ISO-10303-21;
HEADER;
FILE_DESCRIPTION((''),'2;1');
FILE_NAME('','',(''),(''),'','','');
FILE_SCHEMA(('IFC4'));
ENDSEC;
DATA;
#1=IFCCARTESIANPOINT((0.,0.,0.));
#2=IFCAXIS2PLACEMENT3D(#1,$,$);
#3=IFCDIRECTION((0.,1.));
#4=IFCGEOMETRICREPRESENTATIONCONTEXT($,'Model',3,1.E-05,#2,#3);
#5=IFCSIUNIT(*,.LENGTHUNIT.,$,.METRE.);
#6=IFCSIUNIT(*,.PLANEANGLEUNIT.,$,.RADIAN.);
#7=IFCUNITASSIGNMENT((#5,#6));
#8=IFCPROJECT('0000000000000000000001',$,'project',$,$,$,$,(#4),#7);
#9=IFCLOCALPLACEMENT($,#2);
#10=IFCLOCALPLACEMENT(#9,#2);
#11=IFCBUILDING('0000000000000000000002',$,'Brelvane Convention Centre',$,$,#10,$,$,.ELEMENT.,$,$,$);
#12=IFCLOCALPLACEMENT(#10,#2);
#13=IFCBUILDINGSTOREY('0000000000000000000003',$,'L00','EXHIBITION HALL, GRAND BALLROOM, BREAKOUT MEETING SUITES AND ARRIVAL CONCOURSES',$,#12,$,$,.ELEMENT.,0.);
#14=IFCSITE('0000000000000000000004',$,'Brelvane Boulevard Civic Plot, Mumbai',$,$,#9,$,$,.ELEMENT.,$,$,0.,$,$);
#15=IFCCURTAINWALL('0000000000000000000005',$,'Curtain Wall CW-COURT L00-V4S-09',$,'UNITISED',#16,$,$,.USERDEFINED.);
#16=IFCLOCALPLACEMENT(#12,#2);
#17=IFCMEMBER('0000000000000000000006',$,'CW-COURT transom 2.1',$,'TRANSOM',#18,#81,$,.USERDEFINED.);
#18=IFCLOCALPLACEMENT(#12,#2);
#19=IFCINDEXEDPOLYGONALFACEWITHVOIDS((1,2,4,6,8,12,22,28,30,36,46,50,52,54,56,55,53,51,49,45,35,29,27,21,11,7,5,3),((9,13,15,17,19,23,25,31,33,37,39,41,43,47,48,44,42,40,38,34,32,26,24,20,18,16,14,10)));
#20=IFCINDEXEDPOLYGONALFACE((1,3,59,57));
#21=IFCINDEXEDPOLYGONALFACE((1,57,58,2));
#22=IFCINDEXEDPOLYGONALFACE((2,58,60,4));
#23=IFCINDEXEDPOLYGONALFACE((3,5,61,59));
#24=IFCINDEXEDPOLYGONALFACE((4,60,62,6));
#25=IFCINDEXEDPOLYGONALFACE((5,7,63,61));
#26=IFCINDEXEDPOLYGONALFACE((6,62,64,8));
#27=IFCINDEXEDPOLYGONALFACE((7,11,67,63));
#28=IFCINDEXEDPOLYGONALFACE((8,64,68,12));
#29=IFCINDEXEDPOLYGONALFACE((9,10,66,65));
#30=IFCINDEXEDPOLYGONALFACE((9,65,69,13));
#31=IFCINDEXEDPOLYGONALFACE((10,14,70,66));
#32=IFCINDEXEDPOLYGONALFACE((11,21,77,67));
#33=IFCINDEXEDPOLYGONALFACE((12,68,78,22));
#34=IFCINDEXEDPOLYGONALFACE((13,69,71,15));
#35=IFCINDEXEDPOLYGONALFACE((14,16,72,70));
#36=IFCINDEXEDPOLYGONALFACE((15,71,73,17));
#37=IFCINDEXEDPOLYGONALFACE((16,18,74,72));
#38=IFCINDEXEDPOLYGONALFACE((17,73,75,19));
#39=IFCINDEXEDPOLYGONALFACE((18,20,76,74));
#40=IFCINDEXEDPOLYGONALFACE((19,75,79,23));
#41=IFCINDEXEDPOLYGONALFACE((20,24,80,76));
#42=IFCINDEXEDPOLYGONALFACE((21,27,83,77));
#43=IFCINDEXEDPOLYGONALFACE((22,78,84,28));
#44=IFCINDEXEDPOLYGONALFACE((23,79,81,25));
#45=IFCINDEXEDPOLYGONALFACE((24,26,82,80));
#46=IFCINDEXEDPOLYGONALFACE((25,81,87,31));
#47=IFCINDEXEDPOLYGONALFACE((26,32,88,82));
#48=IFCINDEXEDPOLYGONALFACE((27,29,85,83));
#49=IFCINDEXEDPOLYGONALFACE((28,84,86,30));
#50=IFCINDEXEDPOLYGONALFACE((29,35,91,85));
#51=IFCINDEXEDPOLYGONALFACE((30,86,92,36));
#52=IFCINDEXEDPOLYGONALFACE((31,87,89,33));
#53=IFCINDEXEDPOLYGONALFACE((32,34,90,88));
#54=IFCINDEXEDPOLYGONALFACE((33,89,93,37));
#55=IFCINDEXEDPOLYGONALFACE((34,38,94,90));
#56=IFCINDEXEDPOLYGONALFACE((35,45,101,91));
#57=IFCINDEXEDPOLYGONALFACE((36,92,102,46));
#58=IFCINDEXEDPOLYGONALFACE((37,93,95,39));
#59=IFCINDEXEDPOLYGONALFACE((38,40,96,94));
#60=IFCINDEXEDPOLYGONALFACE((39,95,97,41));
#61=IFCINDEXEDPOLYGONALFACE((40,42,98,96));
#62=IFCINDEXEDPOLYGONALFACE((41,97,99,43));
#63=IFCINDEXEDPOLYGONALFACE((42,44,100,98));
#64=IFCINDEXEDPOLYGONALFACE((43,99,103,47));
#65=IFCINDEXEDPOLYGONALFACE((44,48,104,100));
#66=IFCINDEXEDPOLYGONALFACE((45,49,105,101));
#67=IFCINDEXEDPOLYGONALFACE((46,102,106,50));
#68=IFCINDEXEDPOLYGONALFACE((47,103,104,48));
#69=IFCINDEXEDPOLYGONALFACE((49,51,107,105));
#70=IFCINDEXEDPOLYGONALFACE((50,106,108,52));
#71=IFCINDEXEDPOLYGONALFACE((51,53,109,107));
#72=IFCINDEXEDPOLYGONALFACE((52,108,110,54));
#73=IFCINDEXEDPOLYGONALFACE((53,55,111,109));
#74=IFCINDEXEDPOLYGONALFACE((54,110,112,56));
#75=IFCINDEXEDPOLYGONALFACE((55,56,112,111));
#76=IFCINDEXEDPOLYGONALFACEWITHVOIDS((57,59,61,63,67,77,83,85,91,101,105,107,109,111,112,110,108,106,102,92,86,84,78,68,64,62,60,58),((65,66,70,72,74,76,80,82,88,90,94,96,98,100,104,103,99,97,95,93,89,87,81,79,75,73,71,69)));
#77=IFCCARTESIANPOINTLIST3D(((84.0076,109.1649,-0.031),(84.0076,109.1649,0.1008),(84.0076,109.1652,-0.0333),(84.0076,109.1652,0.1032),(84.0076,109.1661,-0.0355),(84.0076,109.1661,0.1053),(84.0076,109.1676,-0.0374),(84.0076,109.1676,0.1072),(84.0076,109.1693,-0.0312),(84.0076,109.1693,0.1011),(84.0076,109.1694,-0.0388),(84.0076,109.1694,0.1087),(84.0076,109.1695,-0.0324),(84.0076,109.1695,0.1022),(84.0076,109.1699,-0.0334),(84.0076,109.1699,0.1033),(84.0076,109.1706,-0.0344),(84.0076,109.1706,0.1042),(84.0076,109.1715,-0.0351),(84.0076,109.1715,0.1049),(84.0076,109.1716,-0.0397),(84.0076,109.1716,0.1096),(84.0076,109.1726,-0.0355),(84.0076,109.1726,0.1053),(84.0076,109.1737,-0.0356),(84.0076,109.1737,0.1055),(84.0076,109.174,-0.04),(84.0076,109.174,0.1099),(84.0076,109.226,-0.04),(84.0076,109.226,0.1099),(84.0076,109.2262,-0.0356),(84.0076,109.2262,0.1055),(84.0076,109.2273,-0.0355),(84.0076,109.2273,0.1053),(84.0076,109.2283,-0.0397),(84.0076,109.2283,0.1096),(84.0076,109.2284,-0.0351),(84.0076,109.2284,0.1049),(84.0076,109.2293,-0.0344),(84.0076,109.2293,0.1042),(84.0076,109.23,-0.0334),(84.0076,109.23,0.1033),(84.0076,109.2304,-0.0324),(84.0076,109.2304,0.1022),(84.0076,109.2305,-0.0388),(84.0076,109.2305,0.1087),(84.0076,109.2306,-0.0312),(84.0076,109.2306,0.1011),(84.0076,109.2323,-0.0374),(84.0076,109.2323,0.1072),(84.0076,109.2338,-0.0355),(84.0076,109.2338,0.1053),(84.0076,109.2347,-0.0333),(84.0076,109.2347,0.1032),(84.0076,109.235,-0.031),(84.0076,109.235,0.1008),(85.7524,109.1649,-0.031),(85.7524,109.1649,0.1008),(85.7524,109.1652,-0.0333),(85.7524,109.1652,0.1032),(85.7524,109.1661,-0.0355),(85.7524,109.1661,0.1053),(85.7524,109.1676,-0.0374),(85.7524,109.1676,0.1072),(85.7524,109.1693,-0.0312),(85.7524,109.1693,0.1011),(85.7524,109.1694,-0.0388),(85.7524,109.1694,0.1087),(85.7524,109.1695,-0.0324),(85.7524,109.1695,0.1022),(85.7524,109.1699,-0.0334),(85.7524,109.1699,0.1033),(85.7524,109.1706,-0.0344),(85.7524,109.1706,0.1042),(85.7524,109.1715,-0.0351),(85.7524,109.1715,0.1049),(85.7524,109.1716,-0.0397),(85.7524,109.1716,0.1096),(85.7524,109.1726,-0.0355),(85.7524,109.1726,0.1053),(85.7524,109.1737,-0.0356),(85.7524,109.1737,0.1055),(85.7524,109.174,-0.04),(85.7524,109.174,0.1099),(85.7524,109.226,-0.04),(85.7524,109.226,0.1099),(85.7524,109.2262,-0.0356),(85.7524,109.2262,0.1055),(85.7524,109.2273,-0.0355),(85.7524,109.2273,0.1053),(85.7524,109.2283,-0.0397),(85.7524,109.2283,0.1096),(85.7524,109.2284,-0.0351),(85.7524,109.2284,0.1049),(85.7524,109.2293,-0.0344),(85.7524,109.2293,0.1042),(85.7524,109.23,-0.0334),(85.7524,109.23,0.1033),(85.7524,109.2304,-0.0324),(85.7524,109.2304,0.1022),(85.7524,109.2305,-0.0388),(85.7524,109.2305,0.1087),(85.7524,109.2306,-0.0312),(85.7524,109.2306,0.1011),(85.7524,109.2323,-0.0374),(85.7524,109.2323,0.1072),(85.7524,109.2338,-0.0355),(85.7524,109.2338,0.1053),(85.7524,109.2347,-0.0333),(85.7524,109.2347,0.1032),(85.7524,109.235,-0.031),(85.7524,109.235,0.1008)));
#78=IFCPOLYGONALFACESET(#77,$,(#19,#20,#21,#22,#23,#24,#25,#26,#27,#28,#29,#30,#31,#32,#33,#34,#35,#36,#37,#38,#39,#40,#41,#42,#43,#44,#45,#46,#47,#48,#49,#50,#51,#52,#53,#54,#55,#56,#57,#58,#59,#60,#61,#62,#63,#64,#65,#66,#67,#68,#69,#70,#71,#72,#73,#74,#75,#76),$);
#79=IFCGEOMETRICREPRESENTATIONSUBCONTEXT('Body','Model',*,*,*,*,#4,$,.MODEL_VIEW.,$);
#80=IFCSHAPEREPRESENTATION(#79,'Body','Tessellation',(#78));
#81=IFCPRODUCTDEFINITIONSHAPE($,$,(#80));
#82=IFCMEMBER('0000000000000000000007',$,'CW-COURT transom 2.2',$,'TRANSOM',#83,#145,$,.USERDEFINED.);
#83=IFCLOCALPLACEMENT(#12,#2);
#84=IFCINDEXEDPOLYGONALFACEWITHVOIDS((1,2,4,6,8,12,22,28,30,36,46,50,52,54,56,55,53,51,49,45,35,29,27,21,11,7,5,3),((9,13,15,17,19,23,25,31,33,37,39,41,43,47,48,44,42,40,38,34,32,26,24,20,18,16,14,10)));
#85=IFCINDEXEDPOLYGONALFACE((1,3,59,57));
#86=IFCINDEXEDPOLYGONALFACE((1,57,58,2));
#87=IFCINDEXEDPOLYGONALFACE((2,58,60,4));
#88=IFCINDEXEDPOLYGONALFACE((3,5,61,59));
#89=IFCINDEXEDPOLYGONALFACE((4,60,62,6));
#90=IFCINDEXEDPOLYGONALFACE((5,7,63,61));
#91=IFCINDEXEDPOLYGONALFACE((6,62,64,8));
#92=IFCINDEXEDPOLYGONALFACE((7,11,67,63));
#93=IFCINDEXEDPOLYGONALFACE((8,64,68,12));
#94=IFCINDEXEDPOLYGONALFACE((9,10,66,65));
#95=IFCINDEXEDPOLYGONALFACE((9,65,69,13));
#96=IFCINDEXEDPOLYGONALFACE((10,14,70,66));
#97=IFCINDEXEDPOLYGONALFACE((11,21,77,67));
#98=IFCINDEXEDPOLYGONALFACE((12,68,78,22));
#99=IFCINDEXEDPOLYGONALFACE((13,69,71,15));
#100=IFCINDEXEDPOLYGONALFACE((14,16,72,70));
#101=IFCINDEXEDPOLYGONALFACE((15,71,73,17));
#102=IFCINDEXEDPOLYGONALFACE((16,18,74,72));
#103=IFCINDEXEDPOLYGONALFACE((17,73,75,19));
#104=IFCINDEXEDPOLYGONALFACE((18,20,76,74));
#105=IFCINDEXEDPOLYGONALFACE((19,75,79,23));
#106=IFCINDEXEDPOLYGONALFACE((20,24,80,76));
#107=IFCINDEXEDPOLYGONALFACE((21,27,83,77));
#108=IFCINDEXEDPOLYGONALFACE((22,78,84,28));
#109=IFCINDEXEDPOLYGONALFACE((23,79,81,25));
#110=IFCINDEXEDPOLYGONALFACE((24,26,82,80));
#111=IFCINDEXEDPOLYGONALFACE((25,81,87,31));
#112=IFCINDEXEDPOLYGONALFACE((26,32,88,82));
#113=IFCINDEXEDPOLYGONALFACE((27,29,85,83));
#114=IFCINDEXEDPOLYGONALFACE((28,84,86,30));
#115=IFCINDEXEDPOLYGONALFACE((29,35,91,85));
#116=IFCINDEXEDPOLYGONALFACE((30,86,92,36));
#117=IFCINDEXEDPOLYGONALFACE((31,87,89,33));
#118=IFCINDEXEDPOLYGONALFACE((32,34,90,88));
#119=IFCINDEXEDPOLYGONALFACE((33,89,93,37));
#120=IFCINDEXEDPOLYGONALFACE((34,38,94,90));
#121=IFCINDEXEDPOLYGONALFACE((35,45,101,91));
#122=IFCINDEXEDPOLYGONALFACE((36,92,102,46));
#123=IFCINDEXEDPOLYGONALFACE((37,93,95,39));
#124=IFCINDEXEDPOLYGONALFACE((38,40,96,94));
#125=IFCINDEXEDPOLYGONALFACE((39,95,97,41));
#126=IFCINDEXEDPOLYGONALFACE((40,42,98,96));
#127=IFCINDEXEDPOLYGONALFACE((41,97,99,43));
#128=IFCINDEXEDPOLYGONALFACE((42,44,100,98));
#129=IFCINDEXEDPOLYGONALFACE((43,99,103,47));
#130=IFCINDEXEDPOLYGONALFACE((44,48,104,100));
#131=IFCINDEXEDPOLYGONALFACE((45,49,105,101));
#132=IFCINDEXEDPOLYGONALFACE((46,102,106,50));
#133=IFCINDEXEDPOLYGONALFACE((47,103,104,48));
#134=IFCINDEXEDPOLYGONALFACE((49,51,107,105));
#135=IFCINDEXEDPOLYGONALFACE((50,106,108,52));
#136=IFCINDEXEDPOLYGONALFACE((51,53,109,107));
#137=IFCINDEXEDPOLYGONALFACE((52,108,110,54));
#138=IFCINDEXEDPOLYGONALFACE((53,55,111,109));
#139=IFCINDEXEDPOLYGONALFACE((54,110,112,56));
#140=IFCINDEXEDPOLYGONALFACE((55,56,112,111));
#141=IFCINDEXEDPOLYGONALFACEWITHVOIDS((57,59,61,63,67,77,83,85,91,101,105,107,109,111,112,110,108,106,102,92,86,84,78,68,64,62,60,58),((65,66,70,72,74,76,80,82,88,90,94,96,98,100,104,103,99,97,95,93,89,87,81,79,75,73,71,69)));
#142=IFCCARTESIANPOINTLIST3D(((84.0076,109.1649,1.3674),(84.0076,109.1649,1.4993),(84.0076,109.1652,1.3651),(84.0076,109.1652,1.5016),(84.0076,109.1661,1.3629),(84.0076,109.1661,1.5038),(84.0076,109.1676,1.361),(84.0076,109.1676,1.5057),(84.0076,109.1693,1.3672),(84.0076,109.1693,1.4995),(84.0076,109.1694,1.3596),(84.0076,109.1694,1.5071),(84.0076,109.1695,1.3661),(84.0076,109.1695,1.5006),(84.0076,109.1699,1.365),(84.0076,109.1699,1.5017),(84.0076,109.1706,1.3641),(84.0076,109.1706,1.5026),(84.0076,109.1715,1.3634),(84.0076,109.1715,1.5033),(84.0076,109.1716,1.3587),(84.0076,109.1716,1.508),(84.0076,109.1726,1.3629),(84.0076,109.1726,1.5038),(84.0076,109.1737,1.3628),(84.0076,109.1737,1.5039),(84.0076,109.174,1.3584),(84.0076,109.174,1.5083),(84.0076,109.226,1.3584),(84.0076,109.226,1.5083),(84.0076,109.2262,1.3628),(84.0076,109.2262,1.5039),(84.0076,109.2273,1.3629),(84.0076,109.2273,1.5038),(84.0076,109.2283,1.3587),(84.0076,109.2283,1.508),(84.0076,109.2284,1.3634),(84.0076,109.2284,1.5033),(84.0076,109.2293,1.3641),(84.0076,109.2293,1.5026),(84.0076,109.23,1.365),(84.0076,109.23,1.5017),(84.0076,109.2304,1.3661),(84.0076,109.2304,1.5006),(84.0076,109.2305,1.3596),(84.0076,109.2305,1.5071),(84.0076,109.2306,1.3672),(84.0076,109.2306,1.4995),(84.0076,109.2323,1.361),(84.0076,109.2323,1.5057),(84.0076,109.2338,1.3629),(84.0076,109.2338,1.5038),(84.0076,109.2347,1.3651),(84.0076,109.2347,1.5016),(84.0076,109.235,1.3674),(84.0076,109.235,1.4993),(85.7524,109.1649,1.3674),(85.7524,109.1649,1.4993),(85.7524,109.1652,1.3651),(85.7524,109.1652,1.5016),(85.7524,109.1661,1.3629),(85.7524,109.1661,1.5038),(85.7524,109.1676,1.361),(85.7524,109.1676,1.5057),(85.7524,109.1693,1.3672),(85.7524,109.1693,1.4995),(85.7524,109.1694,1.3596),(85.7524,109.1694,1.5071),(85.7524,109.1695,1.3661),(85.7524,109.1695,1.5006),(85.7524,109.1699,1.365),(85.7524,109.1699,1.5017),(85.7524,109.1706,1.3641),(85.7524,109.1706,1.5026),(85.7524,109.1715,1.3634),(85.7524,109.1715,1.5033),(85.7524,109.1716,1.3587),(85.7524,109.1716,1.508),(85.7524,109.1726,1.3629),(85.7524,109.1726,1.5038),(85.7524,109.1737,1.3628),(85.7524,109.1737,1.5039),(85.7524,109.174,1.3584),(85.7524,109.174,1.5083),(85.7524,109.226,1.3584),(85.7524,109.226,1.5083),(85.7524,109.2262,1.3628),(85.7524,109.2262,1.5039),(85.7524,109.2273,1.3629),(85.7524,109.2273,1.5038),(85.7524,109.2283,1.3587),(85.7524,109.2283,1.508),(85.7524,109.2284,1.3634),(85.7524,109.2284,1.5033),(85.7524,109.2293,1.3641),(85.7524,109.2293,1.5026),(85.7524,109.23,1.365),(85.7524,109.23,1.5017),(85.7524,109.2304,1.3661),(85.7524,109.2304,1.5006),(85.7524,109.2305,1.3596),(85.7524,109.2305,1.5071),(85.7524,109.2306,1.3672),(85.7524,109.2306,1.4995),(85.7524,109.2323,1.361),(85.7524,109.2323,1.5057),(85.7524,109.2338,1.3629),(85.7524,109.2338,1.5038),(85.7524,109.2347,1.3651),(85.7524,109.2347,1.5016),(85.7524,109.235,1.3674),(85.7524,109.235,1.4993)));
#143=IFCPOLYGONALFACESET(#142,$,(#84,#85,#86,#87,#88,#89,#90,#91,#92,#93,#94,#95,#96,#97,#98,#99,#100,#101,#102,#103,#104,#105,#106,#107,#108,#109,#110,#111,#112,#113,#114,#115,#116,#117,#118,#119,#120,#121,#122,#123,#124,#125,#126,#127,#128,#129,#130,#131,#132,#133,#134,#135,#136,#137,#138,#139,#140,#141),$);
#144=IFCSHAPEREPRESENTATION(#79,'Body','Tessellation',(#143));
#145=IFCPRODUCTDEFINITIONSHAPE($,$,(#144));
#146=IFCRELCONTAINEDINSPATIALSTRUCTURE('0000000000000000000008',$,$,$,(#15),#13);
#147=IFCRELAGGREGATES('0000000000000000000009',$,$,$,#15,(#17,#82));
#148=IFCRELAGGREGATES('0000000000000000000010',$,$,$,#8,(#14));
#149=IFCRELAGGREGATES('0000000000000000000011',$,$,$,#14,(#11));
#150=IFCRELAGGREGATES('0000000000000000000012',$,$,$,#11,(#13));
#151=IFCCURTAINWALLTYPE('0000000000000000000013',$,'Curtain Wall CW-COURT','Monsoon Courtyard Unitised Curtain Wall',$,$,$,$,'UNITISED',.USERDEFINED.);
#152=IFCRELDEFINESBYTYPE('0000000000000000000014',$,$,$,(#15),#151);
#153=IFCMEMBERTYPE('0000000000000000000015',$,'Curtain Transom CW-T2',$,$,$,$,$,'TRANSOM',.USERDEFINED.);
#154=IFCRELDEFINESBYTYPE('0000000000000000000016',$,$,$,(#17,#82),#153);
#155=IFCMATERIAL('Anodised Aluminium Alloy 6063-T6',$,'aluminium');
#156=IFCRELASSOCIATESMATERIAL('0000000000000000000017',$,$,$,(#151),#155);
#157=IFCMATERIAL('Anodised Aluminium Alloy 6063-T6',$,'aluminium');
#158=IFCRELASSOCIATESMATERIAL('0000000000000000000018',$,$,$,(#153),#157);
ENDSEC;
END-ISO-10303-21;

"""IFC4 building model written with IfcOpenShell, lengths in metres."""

from ifc_helpers import new_model, si_unit, direction, frame, origin, origin_2d, place, context, subcontext, project, spatial, hollow_rectangle, extrude, material, material_profile, profile_set, type_object, element, aggregate, save


model = new_model("IFC4")

# Units and contexts
model_context = context("Model", 3, precision=1e-05, world=origin(), true_north=direction((0.0, 1.0)))
body_context = subcontext(model_context, "Body", "Model", "MODEL_VIEW")
ifc_project = project(units=[si_unit("LENGTHUNIT", "METRE"), si_unit("PLANEANGLEUNIT", "RADIAN")], contexts=[model_context])

# Site, building, storey
site_placement = place(None, origin())
site = spatial("IfcSite", under=ifc_project, at=site_placement, Name="Brelvane Boulevard Civic Plot, Mumbai", CompositionType="ELEMENT", RefElevation=0.0)
building_placement = place(site_placement, origin())
building = spatial("IfcBuilding", under=site, at=building_placement, Name="Brelvane Convention Centre", CompositionType="ELEMENT")
storey_placement = place(building_placement, origin())
storey = spatial("IfcBuildingStorey", under=building, at=storey_placement, Name="L00", Description="EXHIBITION HALL, GRAND BALLROOM, BREAKOUT MEETING SUITES AND ARRIVAL CONCOURSES", CompositionType="ELEMENT", Elevation=0.0)

# Curtain wall, members
ifc_material_1 = material(Name="Anodised Aluminium Alloy 6063-T6", Category="aluminium")
curtain_wall_type = type_object("IfcCurtainWallType", Name="Curtain Wall CW-COURT", Description="Monsoon Courtyard Unitised Curtain Wall", ElementType="UNITISED", PredefinedType="USERDEFINED", material=ifc_material_1)
curtain_wall_placement = place(storey_placement, origin())
curtain_wall = element("IfcCurtainWall", 1, at=curtain_wall_placement, inside=storey, type_object=curtain_wall_type, Name="Curtain Wall CW-COURT L00-V4S-09", ObjectType="UNITISED", PredefinedType="USERDEFINED")
ifc_material_2 = material(Name="Anodised Aluminium Alloy 6063-T6", Category="aluminium")
ifc_material_profile_1 = material_profile(ifc_material_2, hollow_rectangle(XDim=0.0701, YDim=0.1499, WallThickness=0.0044, InnerFilletRadius=0.0044, OuterFilletRadius=0.009, at=origin_2d()), Name="ALU-T 150x70x4.5")
ifc_profile_set_1 = profile_set([ifc_material_profile_1], Name="Anodised Aluminium Alloy 6063-T6")
member_type_1 = type_object("IfcMemberType", Name="Curtain Transom CW-T2", ElementType="TRANSOM", PredefinedType="USERDEFINED", material=ifc_profile_set_1)
member_1_placement = place(storey_placement, frame((84.0076, 109.2, 0.0349), z_axis=(1.0, 0.0, 0.0), x_axis=(0.0, 1.0, 0.0)))
member_1 = element("IfcMember", 2, at=member_1_placement, type_object=member_type_1, Name="CW-COURT transom 2.1", ObjectType="TRANSOM", PredefinedType="USERDEFINED", context=body_context, shape_type="SweptSolid", body=[
    extrude(hollow_rectangle(XDim=0.0701, YDim=0.1499, WallThickness=0.0044, InnerFilletRadius=0.0044, OuterFilletRadius=0.009, at=origin_2d()), origin(), (0.0, 0.0, 1.0), 1.7449),
])
member_2_placement = place(storey_placement, frame((84.0076, 109.2, 1.4333), z_axis=(1.0, 0.0, 0.0), x_axis=(0.0, 1.0, 0.0)))
member_2 = element("IfcMember", 3, at=member_2_placement, type_object=member_type_1, Name="CW-COURT transom 2.2", ObjectType="TRANSOM", PredefinedType="USERDEFINED", context=body_context, shape_type="SweptSolid", body=[
    extrude(hollow_rectangle(XDim=0.0701, YDim=0.1499, WallThickness=0.0044, InnerFilletRadius=0.0044, OuterFilletRadius=0.009, at=origin_2d()), origin(), (0.0, 0.0, 1.0), 1.7449),
])

aggregate(curtain_wall, [member_1, member_2])

save(model, "model.ifc")
